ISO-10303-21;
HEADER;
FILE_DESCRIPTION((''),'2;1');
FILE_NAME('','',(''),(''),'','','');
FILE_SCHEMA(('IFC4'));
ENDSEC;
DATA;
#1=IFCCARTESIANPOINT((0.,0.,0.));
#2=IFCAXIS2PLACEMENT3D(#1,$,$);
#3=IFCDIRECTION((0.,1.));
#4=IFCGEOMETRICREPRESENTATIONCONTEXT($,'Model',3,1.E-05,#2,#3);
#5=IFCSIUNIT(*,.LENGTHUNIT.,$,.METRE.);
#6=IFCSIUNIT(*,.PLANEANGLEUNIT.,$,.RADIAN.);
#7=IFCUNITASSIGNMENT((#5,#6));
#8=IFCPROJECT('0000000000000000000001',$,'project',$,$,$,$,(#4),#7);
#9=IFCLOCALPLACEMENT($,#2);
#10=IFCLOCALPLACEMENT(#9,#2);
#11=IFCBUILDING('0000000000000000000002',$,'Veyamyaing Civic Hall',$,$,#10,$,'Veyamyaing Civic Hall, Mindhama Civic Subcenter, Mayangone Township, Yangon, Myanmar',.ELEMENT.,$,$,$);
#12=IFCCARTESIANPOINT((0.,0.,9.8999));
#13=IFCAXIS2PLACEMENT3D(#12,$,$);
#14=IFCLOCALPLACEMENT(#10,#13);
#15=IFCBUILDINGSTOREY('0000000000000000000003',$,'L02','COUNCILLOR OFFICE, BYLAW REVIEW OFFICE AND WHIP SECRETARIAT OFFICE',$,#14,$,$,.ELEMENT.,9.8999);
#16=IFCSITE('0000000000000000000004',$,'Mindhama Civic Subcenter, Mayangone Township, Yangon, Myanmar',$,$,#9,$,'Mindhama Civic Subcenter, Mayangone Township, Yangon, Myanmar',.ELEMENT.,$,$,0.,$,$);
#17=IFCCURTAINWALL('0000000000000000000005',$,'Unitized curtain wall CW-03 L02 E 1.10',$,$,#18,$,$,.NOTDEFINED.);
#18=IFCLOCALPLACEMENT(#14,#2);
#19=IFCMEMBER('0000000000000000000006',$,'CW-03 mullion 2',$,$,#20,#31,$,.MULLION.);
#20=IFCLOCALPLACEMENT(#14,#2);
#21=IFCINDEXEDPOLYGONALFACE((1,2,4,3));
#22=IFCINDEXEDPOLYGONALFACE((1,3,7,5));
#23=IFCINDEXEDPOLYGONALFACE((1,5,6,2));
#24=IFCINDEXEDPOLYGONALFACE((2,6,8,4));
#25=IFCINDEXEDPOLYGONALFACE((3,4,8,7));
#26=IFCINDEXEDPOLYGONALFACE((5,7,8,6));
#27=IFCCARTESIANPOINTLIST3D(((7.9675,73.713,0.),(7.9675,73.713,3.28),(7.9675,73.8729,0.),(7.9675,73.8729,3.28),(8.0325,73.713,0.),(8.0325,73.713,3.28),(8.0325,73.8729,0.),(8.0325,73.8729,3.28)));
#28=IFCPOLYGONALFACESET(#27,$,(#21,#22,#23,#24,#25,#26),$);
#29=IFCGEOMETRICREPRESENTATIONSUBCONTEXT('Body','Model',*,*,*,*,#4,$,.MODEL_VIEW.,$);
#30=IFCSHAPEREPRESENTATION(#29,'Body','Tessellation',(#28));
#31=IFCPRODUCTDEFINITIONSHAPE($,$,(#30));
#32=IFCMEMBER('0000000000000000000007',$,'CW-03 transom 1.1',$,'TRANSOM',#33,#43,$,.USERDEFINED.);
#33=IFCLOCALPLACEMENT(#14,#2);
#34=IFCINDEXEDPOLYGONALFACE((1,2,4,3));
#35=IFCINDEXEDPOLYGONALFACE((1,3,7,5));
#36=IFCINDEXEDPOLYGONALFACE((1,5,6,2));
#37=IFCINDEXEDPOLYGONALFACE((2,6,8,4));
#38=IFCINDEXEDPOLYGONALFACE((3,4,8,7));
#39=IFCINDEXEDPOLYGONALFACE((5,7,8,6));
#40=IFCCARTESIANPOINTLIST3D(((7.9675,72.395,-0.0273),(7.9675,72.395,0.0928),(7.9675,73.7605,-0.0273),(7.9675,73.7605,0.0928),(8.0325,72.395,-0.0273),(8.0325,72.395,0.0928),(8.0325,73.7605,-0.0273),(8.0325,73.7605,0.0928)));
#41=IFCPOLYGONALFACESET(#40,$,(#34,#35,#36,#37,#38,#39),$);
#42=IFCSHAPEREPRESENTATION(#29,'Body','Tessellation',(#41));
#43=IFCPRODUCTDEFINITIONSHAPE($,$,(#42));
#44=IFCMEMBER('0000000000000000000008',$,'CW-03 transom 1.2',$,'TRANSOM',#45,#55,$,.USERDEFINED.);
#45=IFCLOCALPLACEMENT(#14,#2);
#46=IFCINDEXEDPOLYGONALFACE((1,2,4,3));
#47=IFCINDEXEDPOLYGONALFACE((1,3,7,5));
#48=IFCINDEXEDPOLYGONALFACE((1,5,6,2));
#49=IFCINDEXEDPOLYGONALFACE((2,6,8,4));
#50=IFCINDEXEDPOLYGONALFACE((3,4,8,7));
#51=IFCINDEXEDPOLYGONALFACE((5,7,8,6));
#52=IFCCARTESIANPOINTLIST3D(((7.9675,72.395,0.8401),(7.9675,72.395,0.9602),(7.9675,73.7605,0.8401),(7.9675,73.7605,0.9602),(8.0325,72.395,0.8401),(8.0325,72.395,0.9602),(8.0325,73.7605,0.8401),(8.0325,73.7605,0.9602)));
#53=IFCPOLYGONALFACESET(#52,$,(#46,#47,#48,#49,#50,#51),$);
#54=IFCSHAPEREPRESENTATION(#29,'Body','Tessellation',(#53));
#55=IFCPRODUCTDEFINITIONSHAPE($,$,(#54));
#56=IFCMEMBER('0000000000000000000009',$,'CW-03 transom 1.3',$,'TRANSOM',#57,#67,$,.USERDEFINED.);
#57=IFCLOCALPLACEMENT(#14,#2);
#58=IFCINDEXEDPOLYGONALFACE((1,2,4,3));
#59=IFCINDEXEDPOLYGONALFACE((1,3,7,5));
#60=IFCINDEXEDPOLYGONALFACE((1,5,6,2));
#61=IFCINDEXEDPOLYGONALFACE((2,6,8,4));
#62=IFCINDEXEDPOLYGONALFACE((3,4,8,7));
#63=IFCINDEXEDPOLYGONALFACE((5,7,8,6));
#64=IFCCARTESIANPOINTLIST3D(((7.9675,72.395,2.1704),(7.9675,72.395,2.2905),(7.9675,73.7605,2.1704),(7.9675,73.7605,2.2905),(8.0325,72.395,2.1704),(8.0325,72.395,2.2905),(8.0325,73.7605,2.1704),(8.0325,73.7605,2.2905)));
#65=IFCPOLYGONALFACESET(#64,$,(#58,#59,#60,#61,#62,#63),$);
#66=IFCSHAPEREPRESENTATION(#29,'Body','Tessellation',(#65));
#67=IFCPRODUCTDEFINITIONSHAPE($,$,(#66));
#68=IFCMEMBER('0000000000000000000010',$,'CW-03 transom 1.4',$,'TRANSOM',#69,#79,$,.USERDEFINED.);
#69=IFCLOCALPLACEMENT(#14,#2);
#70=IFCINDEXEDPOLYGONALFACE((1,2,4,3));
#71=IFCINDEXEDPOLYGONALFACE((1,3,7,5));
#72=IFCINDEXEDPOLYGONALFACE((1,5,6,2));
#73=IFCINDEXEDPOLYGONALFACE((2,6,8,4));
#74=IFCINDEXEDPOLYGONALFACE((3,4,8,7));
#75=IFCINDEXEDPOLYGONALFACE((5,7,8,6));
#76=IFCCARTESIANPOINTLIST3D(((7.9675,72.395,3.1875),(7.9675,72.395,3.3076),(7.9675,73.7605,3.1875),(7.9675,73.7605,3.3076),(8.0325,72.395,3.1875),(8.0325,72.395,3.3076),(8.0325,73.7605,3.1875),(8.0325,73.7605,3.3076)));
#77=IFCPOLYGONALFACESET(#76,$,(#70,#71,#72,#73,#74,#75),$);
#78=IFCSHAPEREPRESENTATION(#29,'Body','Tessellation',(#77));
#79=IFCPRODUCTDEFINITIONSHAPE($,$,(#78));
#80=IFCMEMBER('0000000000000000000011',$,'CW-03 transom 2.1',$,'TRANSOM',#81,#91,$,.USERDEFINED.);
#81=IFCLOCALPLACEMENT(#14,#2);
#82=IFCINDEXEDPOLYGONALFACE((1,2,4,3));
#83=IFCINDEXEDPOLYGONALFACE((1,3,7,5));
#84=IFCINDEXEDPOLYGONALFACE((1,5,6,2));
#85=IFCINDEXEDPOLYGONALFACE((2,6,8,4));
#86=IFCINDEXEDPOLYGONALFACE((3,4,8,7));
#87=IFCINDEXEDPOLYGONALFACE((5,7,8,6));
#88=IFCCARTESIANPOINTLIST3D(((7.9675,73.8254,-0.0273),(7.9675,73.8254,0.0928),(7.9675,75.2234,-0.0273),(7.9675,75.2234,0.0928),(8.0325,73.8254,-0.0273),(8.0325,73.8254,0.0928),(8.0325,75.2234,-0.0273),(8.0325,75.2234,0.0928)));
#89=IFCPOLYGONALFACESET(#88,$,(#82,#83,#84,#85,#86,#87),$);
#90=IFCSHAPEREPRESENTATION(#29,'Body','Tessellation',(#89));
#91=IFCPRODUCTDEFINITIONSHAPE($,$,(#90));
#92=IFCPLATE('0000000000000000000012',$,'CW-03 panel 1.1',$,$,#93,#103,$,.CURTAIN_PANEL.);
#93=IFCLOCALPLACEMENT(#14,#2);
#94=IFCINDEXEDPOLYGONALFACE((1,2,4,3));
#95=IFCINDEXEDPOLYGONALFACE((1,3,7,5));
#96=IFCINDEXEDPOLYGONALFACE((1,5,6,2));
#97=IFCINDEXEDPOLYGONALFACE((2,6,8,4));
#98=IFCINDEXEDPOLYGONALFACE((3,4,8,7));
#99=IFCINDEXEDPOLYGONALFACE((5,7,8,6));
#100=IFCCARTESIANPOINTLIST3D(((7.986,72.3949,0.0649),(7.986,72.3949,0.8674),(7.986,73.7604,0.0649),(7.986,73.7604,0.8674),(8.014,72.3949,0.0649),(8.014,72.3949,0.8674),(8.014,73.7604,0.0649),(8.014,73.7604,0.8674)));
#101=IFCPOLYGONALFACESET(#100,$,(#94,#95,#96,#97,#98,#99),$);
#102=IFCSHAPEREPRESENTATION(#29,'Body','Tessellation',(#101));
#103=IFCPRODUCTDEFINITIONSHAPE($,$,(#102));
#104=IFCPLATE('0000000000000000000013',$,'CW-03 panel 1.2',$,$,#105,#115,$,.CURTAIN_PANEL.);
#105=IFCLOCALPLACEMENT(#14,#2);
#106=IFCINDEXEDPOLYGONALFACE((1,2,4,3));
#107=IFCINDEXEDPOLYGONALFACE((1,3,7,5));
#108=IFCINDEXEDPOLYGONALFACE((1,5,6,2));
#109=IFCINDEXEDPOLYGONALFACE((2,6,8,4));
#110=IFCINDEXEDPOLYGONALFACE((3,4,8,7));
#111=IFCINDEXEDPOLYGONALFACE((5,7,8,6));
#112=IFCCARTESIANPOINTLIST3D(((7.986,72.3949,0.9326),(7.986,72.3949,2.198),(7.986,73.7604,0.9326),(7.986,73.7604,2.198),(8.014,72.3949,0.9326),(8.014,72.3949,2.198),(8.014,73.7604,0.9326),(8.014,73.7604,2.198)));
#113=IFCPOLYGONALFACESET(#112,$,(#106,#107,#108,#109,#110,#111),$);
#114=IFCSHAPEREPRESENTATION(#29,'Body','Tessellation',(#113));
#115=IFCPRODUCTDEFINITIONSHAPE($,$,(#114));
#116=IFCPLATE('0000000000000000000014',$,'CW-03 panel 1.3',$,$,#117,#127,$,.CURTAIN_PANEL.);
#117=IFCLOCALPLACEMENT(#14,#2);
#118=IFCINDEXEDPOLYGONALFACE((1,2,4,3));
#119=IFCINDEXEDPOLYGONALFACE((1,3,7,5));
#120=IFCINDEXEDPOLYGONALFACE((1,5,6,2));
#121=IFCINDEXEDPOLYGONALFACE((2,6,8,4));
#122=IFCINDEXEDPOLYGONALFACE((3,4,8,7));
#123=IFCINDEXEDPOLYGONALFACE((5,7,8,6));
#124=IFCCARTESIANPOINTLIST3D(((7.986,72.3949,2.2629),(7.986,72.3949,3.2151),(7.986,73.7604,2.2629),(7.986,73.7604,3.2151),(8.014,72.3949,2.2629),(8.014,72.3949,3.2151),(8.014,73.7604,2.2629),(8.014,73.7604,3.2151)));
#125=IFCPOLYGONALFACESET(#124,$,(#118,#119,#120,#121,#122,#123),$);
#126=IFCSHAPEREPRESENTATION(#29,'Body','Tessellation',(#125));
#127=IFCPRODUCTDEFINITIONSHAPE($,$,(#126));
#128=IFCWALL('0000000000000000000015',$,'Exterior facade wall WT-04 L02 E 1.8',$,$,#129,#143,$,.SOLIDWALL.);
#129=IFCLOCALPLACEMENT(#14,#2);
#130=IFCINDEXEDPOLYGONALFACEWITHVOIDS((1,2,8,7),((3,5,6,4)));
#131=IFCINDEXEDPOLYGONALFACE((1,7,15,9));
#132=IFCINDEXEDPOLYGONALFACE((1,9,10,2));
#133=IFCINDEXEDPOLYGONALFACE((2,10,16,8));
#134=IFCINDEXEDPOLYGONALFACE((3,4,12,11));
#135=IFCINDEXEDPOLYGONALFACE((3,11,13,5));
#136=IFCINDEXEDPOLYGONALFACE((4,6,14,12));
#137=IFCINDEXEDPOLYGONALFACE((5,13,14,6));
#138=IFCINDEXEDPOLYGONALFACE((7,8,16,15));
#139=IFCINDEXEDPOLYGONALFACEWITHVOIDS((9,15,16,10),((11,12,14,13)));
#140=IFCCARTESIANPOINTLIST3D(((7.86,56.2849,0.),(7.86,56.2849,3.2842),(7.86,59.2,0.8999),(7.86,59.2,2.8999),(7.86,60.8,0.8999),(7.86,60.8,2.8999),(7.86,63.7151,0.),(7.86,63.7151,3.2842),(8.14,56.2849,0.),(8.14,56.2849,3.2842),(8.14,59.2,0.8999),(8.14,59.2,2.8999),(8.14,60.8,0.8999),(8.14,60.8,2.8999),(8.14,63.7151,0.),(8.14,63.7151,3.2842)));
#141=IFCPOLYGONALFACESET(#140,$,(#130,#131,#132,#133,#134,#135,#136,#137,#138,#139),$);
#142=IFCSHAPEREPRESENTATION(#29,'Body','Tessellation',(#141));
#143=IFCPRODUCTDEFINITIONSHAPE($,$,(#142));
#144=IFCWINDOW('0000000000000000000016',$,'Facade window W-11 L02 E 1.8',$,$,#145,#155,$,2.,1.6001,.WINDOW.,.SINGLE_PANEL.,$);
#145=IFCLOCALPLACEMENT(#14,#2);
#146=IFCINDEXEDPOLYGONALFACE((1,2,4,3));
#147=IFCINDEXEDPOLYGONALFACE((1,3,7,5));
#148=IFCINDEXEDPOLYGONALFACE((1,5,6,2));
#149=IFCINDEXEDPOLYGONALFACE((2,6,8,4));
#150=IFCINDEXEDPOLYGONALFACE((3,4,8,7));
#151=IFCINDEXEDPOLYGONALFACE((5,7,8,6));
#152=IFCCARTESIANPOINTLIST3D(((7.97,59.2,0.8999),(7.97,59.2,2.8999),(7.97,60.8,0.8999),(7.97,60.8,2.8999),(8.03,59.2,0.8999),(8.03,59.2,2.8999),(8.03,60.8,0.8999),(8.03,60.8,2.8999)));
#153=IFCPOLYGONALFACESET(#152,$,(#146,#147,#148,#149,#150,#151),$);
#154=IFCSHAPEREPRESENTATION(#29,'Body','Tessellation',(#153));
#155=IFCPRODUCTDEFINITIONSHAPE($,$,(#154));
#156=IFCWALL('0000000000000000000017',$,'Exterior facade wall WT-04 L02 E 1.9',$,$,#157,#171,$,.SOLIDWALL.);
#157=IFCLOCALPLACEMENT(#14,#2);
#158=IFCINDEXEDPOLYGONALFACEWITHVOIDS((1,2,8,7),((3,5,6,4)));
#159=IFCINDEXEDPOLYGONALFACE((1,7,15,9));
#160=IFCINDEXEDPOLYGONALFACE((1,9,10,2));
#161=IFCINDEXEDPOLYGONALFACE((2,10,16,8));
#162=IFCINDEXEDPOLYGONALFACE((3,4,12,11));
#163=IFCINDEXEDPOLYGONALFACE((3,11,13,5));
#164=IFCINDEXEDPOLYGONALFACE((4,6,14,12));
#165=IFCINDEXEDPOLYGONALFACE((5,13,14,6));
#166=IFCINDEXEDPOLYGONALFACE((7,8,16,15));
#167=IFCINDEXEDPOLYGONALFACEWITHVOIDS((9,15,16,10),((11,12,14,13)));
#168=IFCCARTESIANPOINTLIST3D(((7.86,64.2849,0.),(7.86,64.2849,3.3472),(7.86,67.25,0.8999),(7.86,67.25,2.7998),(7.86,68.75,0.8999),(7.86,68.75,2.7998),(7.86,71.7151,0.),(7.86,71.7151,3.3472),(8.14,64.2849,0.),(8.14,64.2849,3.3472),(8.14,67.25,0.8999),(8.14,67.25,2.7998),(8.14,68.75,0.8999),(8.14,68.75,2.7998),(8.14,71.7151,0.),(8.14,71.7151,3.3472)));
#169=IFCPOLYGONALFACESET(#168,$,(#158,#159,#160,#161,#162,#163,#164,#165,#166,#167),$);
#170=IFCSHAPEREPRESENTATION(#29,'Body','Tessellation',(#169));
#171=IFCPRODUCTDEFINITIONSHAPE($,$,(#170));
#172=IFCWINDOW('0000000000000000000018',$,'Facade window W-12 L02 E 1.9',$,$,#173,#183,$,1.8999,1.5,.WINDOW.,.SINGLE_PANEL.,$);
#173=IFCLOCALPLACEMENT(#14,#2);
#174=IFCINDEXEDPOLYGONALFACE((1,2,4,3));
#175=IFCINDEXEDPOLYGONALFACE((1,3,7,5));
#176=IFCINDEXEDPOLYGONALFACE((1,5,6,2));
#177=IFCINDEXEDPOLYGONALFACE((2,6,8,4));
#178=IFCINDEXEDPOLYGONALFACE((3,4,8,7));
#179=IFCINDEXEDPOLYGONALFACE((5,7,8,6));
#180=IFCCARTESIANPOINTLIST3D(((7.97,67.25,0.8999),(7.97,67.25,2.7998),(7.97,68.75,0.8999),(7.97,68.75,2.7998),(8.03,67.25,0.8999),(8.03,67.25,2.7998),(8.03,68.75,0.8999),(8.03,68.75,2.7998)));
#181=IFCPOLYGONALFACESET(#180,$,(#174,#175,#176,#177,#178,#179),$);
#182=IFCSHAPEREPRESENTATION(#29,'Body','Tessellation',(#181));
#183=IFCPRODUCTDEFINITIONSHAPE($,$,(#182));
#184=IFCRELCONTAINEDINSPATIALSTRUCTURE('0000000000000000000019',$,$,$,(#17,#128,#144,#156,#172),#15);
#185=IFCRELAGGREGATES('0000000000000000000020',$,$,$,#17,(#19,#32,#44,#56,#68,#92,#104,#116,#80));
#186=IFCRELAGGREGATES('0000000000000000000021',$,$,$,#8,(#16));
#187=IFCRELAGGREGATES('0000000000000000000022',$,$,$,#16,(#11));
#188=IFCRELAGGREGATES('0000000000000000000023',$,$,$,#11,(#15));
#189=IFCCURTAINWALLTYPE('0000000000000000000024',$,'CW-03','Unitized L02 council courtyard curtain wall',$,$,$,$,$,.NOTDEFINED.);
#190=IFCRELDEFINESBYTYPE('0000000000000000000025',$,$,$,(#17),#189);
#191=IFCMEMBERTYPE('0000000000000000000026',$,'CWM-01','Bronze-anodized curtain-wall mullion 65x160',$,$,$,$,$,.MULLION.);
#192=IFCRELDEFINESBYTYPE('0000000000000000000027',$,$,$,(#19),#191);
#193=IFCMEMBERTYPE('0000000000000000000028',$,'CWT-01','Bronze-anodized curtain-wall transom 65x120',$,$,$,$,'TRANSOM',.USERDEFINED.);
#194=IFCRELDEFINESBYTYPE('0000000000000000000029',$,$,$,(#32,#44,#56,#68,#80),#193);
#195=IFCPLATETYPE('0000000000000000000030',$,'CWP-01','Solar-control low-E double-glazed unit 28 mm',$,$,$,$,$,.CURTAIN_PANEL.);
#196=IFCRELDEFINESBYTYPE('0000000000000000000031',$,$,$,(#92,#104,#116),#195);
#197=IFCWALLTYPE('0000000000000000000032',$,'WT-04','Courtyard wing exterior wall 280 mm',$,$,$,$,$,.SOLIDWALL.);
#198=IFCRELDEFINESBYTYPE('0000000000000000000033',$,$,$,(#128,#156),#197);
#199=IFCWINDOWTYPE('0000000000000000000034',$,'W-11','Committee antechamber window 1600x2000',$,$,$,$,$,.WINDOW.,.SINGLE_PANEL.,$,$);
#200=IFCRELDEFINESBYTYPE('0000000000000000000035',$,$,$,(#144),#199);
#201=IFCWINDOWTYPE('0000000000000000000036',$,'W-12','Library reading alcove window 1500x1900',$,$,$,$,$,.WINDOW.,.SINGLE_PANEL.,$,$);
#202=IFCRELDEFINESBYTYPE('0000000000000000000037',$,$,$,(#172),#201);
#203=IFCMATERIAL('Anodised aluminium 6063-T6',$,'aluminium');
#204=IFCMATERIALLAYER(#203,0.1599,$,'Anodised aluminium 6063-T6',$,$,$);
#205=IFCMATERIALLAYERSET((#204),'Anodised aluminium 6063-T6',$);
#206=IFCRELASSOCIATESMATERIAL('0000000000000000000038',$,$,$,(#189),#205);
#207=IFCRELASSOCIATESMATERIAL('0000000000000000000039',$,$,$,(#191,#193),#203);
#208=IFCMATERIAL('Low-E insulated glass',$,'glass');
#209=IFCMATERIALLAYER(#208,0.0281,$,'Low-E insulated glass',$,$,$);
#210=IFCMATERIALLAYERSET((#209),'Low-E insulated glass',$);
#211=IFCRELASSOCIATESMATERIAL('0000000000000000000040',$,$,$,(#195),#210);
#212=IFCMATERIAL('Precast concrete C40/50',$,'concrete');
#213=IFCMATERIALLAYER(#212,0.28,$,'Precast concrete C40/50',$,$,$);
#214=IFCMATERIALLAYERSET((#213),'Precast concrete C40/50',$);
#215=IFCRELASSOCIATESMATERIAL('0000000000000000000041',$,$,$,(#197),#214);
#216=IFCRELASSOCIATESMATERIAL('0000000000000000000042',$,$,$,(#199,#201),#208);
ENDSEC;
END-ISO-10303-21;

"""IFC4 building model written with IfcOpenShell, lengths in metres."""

from ifc_helpers import new_model, si_unit, direction, frame, frame_2d, origin, origin_2d, place, context, subcontext, project, spatial, rectangle, extrude, material, layer, layer_set, material_profile, profile_set, type_object, element, fill, aggregate, save


model = new_model("IFC4")

# Units and contexts
model_context = context("Model", 3, precision=1e-05, world=origin(), true_north=direction((0.0, 1.0)))
body_context = subcontext(model_context, "Body", "Model", "MODEL_VIEW")
ifc_project = project(units=[si_unit("LENGTHUNIT", "METRE"), si_unit("PLANEANGLEUNIT", "RADIAN")], contexts=[model_context])

# Site, building, storey
site_placement = place(None, origin())
site = spatial("IfcSite", under=ifc_project, at=site_placement, Name="Mindhama Civic Subcenter, Mayangone Township, Yangon, Myanmar", LongName="Mindhama Civic Subcenter, Mayangone Township, Yangon, Myanmar", CompositionType="ELEMENT", RefElevation=0.0)
building_placement = place(site_placement, origin())
building = spatial("IfcBuilding", under=site, at=building_placement, Name="Veyamyaing Civic Hall", LongName="Veyamyaing Civic Hall, Mindhama Civic Subcenter, Mayangone Township, Yangon, Myanmar", CompositionType="ELEMENT")
storey_placement = place(building_placement, frame((0.0, 0.0, 9.8999)))
storey = spatial("IfcBuildingStorey", under=building, at=storey_placement, Name="L02", Description="COUNCILLOR OFFICE, BYLAW REVIEW OFFICE AND WHIP SECRETARIAT OFFICE", CompositionType="ELEMENT", Elevation=9.8999)

# Curtain wall, members, plates
ifc_material_1 = material(Name="Anodised aluminium 6063-T6", Category="aluminium")
ifc_layer_1 = layer(ifc_material_1, 0.1599, Name="Anodised aluminium 6063-T6")
ifc_layer_set_1 = layer_set([ifc_layer_1], Name="Anodised aluminium 6063-T6")
curtain_wall_type = type_object("IfcCurtainWallType", Name="CW-03", Description="Unitized L02 council courtyard curtain wall", PredefinedType="NOTDEFINED", material=ifc_layer_set_1)
curtain_wall_placement = place(storey_placement, origin())
curtain_wall = element("IfcCurtainWall", 1, at=curtain_wall_placement, inside=storey, type_object=curtain_wall_type, Name="Unitized curtain wall CW-03 L02 E 1.10", PredefinedType="NOTDEFINED")
ifc_material_profile_1 = material_profile(ifc_material_1, rectangle(XDim=0.0649, YDim=0.1599, at=origin_2d()), Name="ALU-MUL-65X160")
ifc_profile_set_1 = profile_set([ifc_material_profile_1], Name="Anodised aluminium 6063-T6")
member_type_1 = type_object("IfcMemberType", Name="CWM-01", Description="Bronze-anodized curtain-wall mullion 65x160", PredefinedType="MULLION", material=ifc_profile_set_1)
member_1_placement = place(storey_placement, frame((8.0, 73.793, 0.0), z_axis=(0.0, 0.0, 1.0), x_axis=(-1.0, 0.0, 0.0)))
member_1 = element("IfcMember", 2, at=member_1_placement, type_object=member_type_1, Name="CW-03 mullion 2", PredefinedType="MULLION", context=body_context, shape_type="SweptSolid", body=[
    extrude(rectangle(XDim=0.0649, YDim=0.1599, at=origin_2d()), origin(), (0.0, 0.0, 1.0), 3.28),
])
ifc_material_profile_2 = material_profile(ifc_material_1, rectangle(XDim=0.0649, YDim=0.1201, at=origin_2d()), Name="ALU-TRN-65X120")
ifc_profile_set_2 = profile_set([ifc_material_profile_2], Name="Anodised aluminium 6063-T6")
member_type_2 = type_object("IfcMemberType", Name="CWT-01", Description="Bronze-anodized curtain-wall transom 65x120", ElementType="TRANSOM", PredefinedType="USERDEFINED", material=ifc_profile_set_2)
member_2_placement = place(storey_placement, frame((8.0, 72.395, 0.0327), z_axis=(0.0, 1.0, 0.0), x_axis=(-1.0, 0.0, 0.0)))
member_2 = element("IfcMember", 3, at=member_2_placement, type_object=member_type_2, Name="CW-03 transom 1.1", ObjectType="TRANSOM", PredefinedType="USERDEFINED", context=body_context, shape_type="SweptSolid", body=[
    extrude(rectangle(XDim=0.0649, YDim=0.1201, at=origin_2d()), origin(), (0.0, 0.0, 1.0), 1.3655),
])
member_3_placement = place(storey_placement, frame((8.0, 72.395, 0.9001), z_axis=(0.0, 1.0, 0.0), x_axis=(-1.0, 0.0, 0.0)))
member_3 = element("IfcMember", 4, at=member_3_placement, type_object=member_type_2, Name="CW-03 transom 1.2", ObjectType="TRANSOM", PredefinedType="USERDEFINED", context=body_context, shape_type="SweptSolid", body=[
    extrude(rectangle(XDim=0.0649, YDim=0.1201, at=origin_2d()), origin(), (0.0, 0.0, 1.0), 1.3655),
])
member_4_placement = place(storey_placement, frame((8.0, 72.395, 2.2305), z_axis=(0.0, 1.0, 0.0), x_axis=(-1.0, 0.0, 0.0)))
member_4 = element("IfcMember", 5, at=member_4_placement, type_object=member_type_2, Name="CW-03 transom 1.3", ObjectType="TRANSOM", PredefinedType="USERDEFINED", context=body_context, shape_type="SweptSolid", body=[
    extrude(rectangle(XDim=0.0649, YDim=0.1201, at=origin_2d()), origin(), (0.0, 0.0, 1.0), 1.3655),
])
member_5_placement = place(storey_placement, frame((8.0, 72.395, 3.2476), z_axis=(0.0, 1.0, 0.0), x_axis=(-1.0, 0.0, 0.0)))
member_5 = element("IfcMember", 6, at=member_5_placement, type_object=member_type_2, Name="CW-03 transom 1.4", ObjectType="TRANSOM", PredefinedType="USERDEFINED", context=body_context, shape_type="SweptSolid", body=[
    extrude(rectangle(XDim=0.0649, YDim=0.1201, at=origin_2d()), origin(), (0.0, 0.0, 1.0), 1.3655),
])
member_6_placement = place(storey_placement, frame((8.0, 73.8254, 0.0327), z_axis=(0.0, 1.0, 0.0), x_axis=(-1.0, 0.0, 0.0)))
member_6 = element("IfcMember", 7, at=member_6_placement, type_object=member_type_2, Name="CW-03 transom 2.1", ObjectType="TRANSOM", PredefinedType="USERDEFINED", context=body_context, shape_type="SweptSolid", body=[
    extrude(rectangle(XDim=0.0649, YDim=0.1201, at=origin_2d()), origin(), (0.0, 0.0, 1.0), 1.3979),
])
ifc_material_2 = material(Name="Low-E insulated glass", Category="glass")
ifc_layer_2 = layer(ifc_material_2, 0.0281, Name="Low-E insulated glass")
ifc_layer_set_2 = layer_set([ifc_layer_2], Name="Low-E insulated glass")
plate_type = type_object("IfcPlateType", Name="CWP-01", Description="Solar-control low-E double-glazed unit 28 mm", PredefinedType="CURTAIN_PANEL", material=ifc_layer_set_2)
plate_1_placement = place(storey_placement, frame((8.0, 73.0776, 0.0649), z_axis=(0.0, 0.0, 1.0), x_axis=(0.0, 1.0, 0.0)))
plate_1 = element("IfcPlate", 8, at=plate_1_placement, type_object=plate_type, Name="CW-03 panel 1.1", PredefinedType="CURTAIN_PANEL", context=body_context, shape_type="SweptSolid", body=[
    extrude(rectangle(XDim=1.3655, YDim=0.0281, at=origin_2d()), origin(), (0.0, 0.0, 1.0), 0.8025),
])
plate_2_placement = place(storey_placement, frame((8.0, 73.0776, 0.9326), z_axis=(0.0, 0.0, 1.0), x_axis=(0.0, 1.0, 0.0)))
plate_2 = element("IfcPlate", 9, at=plate_2_placement, type_object=plate_type, Name="CW-03 panel 1.2", PredefinedType="CURTAIN_PANEL", context=body_context, shape_type="SweptSolid", body=[
    extrude(rectangle(XDim=1.3655, YDim=0.0281, at=origin_2d()), origin(), (0.0, 0.0, 1.0), 1.2654),
])
plate_3_placement = place(storey_placement, frame((8.0, 73.0776, 2.2629), z_axis=(0.0, 0.0, 1.0), x_axis=(0.0, 1.0, 0.0)))
plate_3 = element("IfcPlate", 10, at=plate_3_placement, type_object=plate_type, Name="CW-03 panel 1.3", PredefinedType="CURTAIN_PANEL", context=body_context, shape_type="SweptSolid", body=[
    extrude(rectangle(XDim=1.3655, YDim=0.0281, at=origin_2d()), origin(), (0.0, 0.0, 1.0), 0.9521),
])
aggregate(curtain_wall, [member_1, member_2, member_3, member_4, member_5, plate_1, plate_2, plate_3, member_6])

# Walls, openings, windows
ifc_material_3 = material(Name="Precast concrete C40/50", Category="concrete")
ifc_layer_3 = layer(ifc_material_3, 0.28, Name="Precast concrete C40/50")
ifc_layer_set_3 = layer_set([ifc_layer_3], Name="Precast concrete C40/50")
wall_type_1 = type_object("IfcWallType", Name="WT-04", Description="Courtyard wing exterior wall 280 mm", PredefinedType="SOLIDWALL", material=ifc_layer_set_3)
wall_1_placement = place(storey_placement, frame((8.0, 56.2849, 0.0), z_axis=(0.0, 0.0, 1.0), x_axis=(0.0, 1.0, 0.0)))
wall_1 = element("IfcWall", 11, at=wall_1_placement, inside=storey, type_object=wall_type_1, Name="Exterior facade wall WT-04 L02 E 1.8", PredefinedType="SOLIDWALL", context=body_context, shape_type="SweptSolid", body=[
    extrude(rectangle(XDim=7.4302, YDim=0.28, at=frame_2d((3.7151, 0.0))), origin(), (0.0, 0.0, 1.0), 3.2842),
])
opening_1_placement = place(wall_1_placement, frame((2.915, 0.0, 0.8999)))
opening_1 = element("IfcOpeningElement", 12, at=opening_1_placement, cuts=wall_1, PredefinedType="OPENING", context=body_context, shape_type="SweptSolid", body=[
    extrude(rectangle(XDim=1.6001, YDim=2.0, at=frame_2d((0.8, 1.0))), frame((0.0, 0.1499, 0.0), z_axis=(0.0, -1.0, 0.0), x_axis=(1.0, 0.0, 0.0)), (0.0, 0.0, 1.0), 0.3),
])
window_type_1 = type_object("IfcWindowType", Name="W-11", Description="Committee antechamber window 1600x2000", PartitioningType="SINGLE_PANEL", PredefinedType="WINDOW", material=ifc_material_2)
window_1_placement = place(opening_1_placement, origin())
window_1 = element("IfcWindow", 13, at=window_1_placement, inside=storey, type_object=window_type_1, Name="Facade window W-11 L02 E 1.8", OverallHeight=2.0, OverallWidth=1.6001, PartitioningType="SINGLE_PANEL", PredefinedType="WINDOW", context=body_context, shape_type="SweptSolid", body=[
    extrude(rectangle(XDim=1.6001, YDim=2.0, at=frame_2d((0.8, 1.0))), frame((0.0, 0.03, 0.0), z_axis=(0.0, -1.0, 0.0), x_axis=(1.0, 0.0, 0.0)), (0.0, 0.0, 1.0), 0.0601),
])
fill(opening_1, window_1)
wall_2_placement = place(storey_placement, frame((8.0, 64.2849, 0.0), z_axis=(0.0, 0.0, 1.0), x_axis=(0.0, 1.0, 0.0)))
wall_2 = element("IfcWall", 14, at=wall_2_placement, inside=storey, type_object=wall_type_1, Name="Exterior facade wall WT-04 L02 E 1.9", PredefinedType="SOLIDWALL", context=body_context, shape_type="SweptSolid", body=[
    extrude(rectangle(XDim=7.4302, YDim=0.28, at=frame_2d((3.7151, 0.0))), origin(), (0.0, 0.0, 1.0), 3.3472),
])
opening_2_placement = place(wall_2_placement, frame((2.9651, 0.0, 0.8999)))
opening_2 = element("IfcOpeningElement", 15, at=opening_2_placement, cuts=wall_2, PredefinedType="OPENING", context=body_context, shape_type="SweptSolid", body=[
    extrude(rectangle(XDim=1.5, YDim=1.8999, at=frame_2d((0.75, 0.95))), frame((0.0, 0.1499, 0.0), z_axis=(0.0, -1.0, 0.0), x_axis=(1.0, 0.0, 0.0)), (0.0, 0.0, 1.0), 0.3),
])
window_type_2 = type_object("IfcWindowType", Name="W-12", Description="Library reading alcove window 1500x1900", PartitioningType="SINGLE_PANEL", PredefinedType="WINDOW", material=ifc_material_2)
window_2_placement = place(opening_2_placement, origin())
window_2 = element("IfcWindow", 16, at=window_2_placement, inside=storey, type_object=window_type_2, Name="Facade window W-12 L02 E 1.9", OverallHeight=1.8999, OverallWidth=1.5, PartitioningType="SINGLE_PANEL", PredefinedType="WINDOW", context=body_context, shape_type="SweptSolid", body=[
    extrude(rectangle(XDim=1.5, YDim=1.8999, at=frame_2d((0.75, 0.95))), frame((0.0, 0.03, 0.0), z_axis=(0.0, -1.0, 0.0), x_axis=(1.0, 0.0, 0.0)), (0.0, 0.0, 1.0), 0.0601),
])
fill(opening_2, window_2)

save(model, "model.ifc")
